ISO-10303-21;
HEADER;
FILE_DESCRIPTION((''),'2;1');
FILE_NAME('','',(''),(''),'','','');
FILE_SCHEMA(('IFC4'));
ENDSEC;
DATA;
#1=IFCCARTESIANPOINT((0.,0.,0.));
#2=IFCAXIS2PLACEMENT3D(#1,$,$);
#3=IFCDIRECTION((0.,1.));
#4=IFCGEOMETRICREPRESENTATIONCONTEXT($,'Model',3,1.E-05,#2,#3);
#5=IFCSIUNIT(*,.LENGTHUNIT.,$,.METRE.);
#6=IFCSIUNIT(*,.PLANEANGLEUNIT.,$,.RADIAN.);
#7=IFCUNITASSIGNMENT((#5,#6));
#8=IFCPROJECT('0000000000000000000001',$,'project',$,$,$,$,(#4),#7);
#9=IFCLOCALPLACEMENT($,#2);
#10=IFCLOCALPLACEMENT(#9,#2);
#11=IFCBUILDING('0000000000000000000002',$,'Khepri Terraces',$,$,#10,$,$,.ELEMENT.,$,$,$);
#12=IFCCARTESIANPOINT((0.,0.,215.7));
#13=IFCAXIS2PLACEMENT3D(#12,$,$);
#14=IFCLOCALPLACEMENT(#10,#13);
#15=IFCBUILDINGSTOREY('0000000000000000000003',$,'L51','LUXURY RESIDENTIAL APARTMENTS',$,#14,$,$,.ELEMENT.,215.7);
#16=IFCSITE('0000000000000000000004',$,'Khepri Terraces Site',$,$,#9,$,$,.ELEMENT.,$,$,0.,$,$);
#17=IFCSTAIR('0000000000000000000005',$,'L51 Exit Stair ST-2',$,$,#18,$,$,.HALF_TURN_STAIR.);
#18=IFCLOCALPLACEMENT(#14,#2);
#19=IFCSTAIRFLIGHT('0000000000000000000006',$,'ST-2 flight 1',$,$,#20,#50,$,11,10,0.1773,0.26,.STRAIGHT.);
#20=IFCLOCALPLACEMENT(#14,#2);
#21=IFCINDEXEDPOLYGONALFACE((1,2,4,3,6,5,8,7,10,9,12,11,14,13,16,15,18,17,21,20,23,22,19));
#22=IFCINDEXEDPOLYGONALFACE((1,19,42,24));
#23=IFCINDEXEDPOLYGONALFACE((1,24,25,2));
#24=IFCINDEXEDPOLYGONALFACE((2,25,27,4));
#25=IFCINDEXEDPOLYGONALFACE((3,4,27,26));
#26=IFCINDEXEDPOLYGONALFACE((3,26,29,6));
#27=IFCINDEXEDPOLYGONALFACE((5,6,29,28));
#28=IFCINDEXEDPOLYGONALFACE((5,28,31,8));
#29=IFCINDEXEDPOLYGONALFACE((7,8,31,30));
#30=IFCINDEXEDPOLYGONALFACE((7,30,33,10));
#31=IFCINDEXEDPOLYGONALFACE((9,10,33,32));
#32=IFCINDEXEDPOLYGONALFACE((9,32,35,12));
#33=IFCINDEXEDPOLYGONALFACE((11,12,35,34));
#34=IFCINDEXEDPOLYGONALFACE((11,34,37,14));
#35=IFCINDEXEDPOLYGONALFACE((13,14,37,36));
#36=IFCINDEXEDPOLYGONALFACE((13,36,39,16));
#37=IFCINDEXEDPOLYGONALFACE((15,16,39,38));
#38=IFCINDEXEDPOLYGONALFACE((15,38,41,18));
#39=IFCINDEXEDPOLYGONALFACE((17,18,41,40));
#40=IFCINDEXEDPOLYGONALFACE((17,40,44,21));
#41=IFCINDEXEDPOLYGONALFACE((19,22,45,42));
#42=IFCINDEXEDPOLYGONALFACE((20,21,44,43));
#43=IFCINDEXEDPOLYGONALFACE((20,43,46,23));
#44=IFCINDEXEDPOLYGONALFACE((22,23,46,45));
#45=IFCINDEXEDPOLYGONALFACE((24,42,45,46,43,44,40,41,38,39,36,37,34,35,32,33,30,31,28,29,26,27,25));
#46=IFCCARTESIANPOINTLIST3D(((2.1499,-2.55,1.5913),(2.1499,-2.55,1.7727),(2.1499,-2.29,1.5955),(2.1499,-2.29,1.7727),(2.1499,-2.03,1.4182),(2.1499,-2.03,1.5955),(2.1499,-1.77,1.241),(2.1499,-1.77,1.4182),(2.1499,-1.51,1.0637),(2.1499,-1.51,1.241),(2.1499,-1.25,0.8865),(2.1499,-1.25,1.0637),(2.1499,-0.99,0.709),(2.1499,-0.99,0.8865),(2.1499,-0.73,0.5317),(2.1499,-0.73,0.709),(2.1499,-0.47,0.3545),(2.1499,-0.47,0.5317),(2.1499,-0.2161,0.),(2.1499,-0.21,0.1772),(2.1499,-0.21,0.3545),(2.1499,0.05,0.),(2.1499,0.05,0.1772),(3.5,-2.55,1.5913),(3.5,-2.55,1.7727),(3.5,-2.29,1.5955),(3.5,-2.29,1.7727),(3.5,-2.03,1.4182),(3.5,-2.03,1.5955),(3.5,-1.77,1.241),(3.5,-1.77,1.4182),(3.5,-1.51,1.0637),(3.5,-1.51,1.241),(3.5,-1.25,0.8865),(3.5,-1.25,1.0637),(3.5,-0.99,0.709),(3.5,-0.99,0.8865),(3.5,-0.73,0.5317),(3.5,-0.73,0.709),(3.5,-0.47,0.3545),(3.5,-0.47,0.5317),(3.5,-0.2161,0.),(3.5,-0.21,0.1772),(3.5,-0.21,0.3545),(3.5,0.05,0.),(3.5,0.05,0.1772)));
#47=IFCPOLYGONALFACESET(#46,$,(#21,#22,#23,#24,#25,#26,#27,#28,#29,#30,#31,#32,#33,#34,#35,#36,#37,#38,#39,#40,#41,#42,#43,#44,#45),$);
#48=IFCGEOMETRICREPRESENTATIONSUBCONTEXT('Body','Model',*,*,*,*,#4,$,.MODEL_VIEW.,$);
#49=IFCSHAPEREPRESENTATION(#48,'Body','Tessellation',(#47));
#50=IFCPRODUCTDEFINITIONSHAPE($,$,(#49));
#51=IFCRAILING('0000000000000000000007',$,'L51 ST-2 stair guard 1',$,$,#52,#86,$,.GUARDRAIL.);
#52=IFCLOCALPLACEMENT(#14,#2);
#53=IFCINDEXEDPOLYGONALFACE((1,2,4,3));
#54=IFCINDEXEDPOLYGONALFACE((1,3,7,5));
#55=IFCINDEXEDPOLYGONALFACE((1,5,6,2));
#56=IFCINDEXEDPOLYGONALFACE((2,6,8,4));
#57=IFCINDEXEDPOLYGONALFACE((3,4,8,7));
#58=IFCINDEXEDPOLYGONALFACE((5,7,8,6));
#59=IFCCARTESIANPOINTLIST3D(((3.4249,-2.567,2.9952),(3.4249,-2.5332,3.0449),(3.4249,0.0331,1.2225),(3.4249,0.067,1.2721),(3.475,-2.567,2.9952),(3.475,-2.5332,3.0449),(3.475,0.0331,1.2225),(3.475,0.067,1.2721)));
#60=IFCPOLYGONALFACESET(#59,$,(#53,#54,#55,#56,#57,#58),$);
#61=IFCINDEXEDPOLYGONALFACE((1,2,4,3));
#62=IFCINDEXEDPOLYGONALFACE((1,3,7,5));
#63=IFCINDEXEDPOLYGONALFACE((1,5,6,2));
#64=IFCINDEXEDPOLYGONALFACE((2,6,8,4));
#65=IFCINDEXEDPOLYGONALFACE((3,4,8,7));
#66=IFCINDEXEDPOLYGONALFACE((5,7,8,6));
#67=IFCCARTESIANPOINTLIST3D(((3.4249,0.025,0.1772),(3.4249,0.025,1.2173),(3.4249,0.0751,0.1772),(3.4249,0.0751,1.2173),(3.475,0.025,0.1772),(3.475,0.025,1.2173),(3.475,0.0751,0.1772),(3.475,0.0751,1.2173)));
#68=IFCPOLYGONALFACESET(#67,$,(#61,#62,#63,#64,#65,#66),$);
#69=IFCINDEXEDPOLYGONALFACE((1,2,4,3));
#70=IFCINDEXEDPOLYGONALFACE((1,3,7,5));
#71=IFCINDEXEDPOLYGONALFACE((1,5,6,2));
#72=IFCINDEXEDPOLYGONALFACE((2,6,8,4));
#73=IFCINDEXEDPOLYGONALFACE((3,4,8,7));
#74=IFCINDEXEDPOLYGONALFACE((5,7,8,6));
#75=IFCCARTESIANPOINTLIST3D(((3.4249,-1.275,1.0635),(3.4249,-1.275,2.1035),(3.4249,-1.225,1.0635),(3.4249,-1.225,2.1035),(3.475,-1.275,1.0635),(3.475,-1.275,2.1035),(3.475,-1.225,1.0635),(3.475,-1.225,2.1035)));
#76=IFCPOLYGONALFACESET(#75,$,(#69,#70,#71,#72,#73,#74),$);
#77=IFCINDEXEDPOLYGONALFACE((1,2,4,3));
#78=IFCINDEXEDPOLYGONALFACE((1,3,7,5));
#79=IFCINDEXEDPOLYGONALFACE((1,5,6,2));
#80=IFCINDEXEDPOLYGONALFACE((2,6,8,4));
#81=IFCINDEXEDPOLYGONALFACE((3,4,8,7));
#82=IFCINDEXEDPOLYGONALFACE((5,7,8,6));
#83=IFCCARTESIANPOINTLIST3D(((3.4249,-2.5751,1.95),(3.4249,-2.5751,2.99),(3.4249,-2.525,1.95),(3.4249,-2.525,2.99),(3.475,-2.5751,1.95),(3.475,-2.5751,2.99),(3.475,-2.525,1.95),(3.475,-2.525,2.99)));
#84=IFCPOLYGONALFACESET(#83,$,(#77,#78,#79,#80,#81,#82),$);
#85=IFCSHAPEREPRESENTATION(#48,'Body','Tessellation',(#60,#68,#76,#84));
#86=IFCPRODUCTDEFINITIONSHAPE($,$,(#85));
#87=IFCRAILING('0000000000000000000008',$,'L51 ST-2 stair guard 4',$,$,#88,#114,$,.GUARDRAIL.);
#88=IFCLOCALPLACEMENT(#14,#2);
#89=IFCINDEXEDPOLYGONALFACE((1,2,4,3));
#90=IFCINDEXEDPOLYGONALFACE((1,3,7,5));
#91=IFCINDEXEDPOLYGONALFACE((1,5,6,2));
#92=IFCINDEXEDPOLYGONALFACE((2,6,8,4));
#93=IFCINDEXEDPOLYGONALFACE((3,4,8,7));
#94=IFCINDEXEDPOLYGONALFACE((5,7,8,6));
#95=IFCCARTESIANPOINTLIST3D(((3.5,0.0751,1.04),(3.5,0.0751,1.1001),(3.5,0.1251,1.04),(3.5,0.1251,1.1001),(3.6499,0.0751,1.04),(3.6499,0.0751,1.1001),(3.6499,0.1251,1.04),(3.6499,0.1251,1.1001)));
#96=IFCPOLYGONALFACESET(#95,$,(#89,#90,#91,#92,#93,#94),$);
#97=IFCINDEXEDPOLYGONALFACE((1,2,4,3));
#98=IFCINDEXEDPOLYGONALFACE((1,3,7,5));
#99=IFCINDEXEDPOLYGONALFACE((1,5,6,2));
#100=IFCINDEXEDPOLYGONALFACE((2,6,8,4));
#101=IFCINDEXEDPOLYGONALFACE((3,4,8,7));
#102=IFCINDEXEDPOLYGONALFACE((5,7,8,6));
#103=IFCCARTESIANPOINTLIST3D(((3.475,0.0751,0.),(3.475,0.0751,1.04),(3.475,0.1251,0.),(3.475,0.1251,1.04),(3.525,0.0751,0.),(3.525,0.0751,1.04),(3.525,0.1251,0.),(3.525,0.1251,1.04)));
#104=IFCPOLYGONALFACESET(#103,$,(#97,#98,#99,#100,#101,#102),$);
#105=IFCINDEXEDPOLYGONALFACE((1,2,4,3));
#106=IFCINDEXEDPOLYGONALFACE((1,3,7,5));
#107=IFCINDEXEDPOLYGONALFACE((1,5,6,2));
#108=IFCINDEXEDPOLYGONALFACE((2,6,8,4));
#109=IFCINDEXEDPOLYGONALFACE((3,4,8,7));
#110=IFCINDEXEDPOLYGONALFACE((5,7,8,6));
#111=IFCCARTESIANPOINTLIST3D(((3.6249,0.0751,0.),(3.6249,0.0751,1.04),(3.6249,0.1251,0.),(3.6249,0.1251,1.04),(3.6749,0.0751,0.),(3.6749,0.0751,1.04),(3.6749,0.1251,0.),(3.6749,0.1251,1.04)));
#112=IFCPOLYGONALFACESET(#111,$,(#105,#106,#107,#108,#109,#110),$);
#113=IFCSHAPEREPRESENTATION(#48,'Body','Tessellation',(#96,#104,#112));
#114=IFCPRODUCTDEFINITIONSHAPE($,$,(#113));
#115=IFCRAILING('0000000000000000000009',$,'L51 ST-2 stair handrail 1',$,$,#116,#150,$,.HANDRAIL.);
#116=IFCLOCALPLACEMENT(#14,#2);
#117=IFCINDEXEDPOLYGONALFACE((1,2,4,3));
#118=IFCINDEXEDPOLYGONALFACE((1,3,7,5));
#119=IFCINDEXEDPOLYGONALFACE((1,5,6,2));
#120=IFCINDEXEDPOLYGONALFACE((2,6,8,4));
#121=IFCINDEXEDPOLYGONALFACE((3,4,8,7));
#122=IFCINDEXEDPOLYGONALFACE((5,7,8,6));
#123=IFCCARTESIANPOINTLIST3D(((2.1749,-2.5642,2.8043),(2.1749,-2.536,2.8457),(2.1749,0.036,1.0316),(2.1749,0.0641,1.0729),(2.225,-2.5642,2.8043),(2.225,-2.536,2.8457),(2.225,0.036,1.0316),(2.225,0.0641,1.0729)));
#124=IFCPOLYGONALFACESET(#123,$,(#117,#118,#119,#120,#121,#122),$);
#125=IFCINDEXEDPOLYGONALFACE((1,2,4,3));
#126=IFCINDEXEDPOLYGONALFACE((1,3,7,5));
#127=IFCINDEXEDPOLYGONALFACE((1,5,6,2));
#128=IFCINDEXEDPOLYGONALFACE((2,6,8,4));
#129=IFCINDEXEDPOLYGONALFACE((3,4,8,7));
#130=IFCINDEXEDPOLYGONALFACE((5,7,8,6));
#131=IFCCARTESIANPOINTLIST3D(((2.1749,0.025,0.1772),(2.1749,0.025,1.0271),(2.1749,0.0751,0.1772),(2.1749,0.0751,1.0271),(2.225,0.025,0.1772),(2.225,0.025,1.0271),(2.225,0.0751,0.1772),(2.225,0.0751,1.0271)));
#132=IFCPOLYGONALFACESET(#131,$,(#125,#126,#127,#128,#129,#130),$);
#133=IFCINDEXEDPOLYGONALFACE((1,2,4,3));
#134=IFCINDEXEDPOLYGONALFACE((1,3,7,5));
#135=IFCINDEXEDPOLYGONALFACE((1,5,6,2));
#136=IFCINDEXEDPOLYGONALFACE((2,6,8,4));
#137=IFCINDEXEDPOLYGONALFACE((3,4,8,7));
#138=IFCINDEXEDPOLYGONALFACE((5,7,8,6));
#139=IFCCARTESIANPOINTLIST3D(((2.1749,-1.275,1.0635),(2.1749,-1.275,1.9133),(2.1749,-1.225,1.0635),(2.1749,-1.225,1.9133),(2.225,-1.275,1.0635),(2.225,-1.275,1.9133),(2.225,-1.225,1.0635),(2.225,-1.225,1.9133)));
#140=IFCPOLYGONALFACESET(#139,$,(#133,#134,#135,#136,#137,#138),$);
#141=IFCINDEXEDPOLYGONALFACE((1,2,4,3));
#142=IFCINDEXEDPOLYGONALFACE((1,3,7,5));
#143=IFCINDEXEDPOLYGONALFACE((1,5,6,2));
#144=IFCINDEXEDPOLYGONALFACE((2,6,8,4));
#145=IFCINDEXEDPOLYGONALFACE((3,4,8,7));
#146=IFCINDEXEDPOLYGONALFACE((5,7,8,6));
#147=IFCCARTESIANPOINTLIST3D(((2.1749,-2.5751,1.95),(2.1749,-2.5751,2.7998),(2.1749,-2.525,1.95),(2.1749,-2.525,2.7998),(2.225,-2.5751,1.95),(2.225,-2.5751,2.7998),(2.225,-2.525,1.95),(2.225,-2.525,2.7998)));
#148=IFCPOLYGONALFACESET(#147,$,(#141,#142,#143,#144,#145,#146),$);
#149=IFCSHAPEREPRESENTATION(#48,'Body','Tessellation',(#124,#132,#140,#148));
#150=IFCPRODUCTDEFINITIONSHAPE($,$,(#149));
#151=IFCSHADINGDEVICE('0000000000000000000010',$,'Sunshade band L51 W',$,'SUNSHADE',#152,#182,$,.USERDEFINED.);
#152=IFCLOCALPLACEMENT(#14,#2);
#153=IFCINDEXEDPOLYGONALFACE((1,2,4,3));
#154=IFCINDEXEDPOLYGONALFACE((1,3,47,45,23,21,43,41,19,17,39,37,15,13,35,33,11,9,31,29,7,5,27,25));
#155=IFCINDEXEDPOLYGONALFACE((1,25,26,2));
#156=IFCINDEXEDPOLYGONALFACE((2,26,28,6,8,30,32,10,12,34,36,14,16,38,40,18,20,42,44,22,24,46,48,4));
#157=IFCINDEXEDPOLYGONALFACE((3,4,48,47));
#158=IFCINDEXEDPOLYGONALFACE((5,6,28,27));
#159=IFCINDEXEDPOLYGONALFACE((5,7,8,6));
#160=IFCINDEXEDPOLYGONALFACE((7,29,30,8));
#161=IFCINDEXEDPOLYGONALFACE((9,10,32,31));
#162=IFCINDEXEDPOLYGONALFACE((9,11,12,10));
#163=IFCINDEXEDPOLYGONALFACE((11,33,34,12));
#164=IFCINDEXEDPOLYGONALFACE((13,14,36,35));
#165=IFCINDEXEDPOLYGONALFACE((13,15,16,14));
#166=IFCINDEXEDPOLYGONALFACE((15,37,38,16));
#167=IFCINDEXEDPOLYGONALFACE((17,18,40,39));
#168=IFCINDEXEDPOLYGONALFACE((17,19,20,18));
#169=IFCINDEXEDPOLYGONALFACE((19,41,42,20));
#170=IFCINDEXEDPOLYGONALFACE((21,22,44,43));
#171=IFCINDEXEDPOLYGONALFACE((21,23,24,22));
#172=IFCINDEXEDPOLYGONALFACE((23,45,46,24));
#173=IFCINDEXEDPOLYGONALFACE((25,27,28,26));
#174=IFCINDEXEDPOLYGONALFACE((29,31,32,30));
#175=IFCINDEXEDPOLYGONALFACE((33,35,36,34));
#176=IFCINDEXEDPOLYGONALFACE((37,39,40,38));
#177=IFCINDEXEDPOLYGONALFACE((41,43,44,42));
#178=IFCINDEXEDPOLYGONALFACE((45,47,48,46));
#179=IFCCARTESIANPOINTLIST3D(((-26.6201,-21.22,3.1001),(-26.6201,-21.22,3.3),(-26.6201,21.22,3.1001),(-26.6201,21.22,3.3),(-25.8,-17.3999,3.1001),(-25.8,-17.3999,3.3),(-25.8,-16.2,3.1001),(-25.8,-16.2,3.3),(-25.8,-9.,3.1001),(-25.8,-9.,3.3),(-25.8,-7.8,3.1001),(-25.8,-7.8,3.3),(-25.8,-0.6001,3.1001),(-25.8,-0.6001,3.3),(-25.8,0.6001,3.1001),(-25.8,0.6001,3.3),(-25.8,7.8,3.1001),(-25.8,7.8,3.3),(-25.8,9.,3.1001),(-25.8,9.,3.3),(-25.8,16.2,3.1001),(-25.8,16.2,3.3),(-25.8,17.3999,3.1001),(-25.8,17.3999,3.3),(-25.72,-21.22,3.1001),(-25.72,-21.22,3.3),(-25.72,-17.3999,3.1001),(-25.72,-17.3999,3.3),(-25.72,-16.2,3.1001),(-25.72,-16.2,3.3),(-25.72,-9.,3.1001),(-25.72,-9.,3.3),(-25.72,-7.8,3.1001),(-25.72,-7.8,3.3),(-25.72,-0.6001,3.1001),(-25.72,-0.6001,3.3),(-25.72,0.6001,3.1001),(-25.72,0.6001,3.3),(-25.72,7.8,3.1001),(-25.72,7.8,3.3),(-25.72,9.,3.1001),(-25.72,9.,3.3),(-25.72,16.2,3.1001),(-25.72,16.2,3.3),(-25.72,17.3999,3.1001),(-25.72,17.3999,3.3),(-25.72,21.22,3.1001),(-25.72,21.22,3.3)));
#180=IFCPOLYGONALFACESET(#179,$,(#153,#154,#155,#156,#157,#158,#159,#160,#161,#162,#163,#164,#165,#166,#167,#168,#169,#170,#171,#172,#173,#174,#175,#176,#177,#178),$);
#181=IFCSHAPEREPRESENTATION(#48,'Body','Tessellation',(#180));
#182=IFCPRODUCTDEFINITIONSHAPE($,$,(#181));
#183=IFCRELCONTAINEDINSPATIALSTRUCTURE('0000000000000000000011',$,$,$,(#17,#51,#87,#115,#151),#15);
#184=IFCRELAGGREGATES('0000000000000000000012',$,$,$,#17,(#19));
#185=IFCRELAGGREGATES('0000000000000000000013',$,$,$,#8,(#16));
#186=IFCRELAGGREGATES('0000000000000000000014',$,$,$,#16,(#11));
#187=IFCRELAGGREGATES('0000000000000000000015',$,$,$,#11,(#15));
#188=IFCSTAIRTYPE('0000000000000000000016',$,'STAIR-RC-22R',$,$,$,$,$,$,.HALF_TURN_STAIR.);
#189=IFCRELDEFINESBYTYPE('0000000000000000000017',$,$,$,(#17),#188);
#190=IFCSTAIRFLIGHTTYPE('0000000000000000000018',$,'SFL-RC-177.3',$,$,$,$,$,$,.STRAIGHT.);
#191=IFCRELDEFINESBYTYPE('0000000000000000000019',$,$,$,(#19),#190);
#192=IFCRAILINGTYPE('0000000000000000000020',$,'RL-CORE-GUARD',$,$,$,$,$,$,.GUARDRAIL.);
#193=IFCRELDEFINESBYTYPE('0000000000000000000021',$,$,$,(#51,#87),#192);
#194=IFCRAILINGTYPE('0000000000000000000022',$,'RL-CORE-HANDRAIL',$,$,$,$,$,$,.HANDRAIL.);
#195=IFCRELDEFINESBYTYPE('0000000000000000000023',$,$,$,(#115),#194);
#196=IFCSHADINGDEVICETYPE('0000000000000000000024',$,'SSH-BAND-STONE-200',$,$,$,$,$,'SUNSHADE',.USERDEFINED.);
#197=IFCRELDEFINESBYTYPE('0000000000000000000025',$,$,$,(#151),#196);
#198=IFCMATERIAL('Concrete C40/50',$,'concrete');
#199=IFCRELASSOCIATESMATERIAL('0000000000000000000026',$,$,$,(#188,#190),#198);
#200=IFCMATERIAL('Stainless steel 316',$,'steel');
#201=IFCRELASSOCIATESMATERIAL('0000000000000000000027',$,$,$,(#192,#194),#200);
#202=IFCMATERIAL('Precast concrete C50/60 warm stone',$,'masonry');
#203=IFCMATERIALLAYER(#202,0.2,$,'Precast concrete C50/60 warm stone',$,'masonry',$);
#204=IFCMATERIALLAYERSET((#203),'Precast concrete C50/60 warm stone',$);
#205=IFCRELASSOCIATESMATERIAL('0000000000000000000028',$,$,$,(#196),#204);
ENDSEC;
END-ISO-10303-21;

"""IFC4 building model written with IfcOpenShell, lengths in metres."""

from ifc_helpers import new_model, si_unit, direction, frame, origin, origin_2d, place, context, subcontext, project, spatial, polyline, rectangle, outline, extrude, material, layer, layer_set, type_object, element, aggregate, save


model = new_model("IFC4")

# Units and contexts
model_context = context("Model", 3, precision=1e-05, world=origin(), true_north=direction((0.0, 1.0)))
body_context = subcontext(model_context, "Body", "Model", "MODEL_VIEW")
ifc_project = project(units=[si_unit("LENGTHUNIT", "METRE"), si_unit("PLANEANGLEUNIT", "RADIAN")], contexts=[model_context])

# Site, building, storey
site_placement = place(None, origin())
site = spatial("IfcSite", under=ifc_project, at=site_placement, Name="Khepri Terraces Site", CompositionType="ELEMENT", RefElevation=0.0)
building_placement = place(site_placement, origin())
building = spatial("IfcBuilding", under=site, at=building_placement, Name="Khepri Terraces", CompositionType="ELEMENT")
storey_placement = place(building_placement, frame((0.0, 0.0, 215.7)))
storey = spatial("IfcBuildingStorey", under=building, at=storey_placement, Name="L51", Description="LUXURY RESIDENTIAL APARTMENTS", CompositionType="ELEMENT", Elevation=215.7)

# Stair
ifc_material_1 = material(Name="Concrete C40/50", Category="concrete")
stair_type = type_object("IfcStairType", Name="STAIR-RC-22R", PredefinedType="HALF_TURN_STAIR", material=ifc_material_1)
stair_1_placement = place(storey_placement, origin())
stair_1 = element("IfcStair", 1, at=stair_1_placement, inside=storey, type_object=stair_type, Name="L51 Exit Stair ST-2", PredefinedType="HALF_TURN_STAIR")

# Stair flight
stair_flight_type = type_object("IfcStairFlightType", Name="SFL-RC-177.3", PredefinedType="STRAIGHT", material=ifc_material_1)
stair_flight_placement = place(storey_placement, frame((2.825, 0.05, 0.0), z_axis=(0.0, 0.0, 1.0), x_axis=(0.0, -1.0, 0.0)))
stair_flight = element("IfcStairFlight", 2, at=stair_flight_placement, type_object=stair_flight_type, Name="ST-2 flight 1", NumberOfRisers=11, NumberOfTreads=10, PredefinedType="STRAIGHT", RiserHeight=0.1773, TreadLength=0.26, context=body_context, shape_type="SweptSolid", body=[
    extrude(outline(polyline([(0.0, 0.0), (0.0, 0.1772), (0.26, 0.1772), (0.26, 0.3545), (0.52, 0.3545), (0.52, 0.5317), (0.78, 0.5317), (0.78, 0.709), (1.04, 0.709), (1.04, 0.8865), (1.3, 0.8865), (1.3, 1.0637), (1.5601, 1.0637), (1.5601, 1.241), (1.8201, 1.241), (1.8201, 1.4182), (2.0801, 1.4182), (2.0801, 1.5955), (2.3401, 1.5955), (2.3401, 1.7727), (2.6001, 1.7727), (2.6001, 1.95), (2.6001, 1.5913), (0.2661, 0.0), (0.0, 0.0)])), frame((0.0, 0.675, 0.0), z_axis=(0.0, -1.0, 0.0), x_axis=(1.0, 0.0, 0.0)), (0.0, 0.0, 1.0), 1.3501),
])
aggregate(stair_1, [stair_flight])

# Railings
ifc_material_2 = material(Name="Stainless steel 316", Category="steel")
railing_type_1 = type_object("IfcRailingType", Name="RL-CORE-GUARD", PredefinedType="GUARDRAIL", material=ifc_material_2)
railing_1_placement = place(storey_placement, frame((3.45, 0.05, 0.1772)))
element("IfcRailing", 3, at=railing_1_placement, inside=storey, type_object=railing_type_1, Name="L51 ST-2 stair guard 1", PredefinedType="GUARDRAIL", context=body_context, shape_type="SweptSolid", body=[
    extrude(rectangle(XDim=0.05, YDim=0.0601, at=origin_2d()), frame((0.0, 0.0, 1.0701), z_axis=(0.0, -0.82624, 0.563318), x_axis=(1.0, 0.0, 0.0)), (0.0, 0.0, 1.0), 3.147),
    extrude(rectangle(XDim=0.05, YDim=0.05, at=origin_2d()), origin(), (0.0, 0.0, 1.0), 1.04),
    extrude(rectangle(XDim=0.05, YDim=0.05, at=origin_2d()), frame((0.0, -1.3, 0.8862)), (0.0, 0.0, 1.0), 1.04),
    extrude(rectangle(XDim=0.05, YDim=0.05, at=origin_2d()), frame((0.0, -2.6001, 1.7727)), (0.0, 0.0, 1.0), 1.04),
])
railing_2_placement = place(storey_placement, frame((3.5, 0.1001, 0.0)))
element("IfcRailing", 4, at=railing_2_placement, inside=storey, type_object=railing_type_1, Name="L51 ST-2 stair guard 4", PredefinedType="GUARDRAIL", context=body_context, shape_type="SweptSolid", body=[
    extrude(rectangle(XDim=0.05, YDim=0.0601, at=origin_2d()), frame((0.0, 0.0, 1.0701), z_axis=(1.0, 0.0, 0.0), x_axis=(0.0, 1.0, 0.0)), (0.0, 0.0, 1.0), 0.1499),
    extrude(rectangle(XDim=0.05, YDim=0.05, at=origin_2d()), origin(), (0.0, 0.0, 1.0), 1.04),
    extrude(rectangle(XDim=0.05, YDim=0.05, at=origin_2d()), frame((0.1499, 0.0, 0.0)), (0.0, 0.0, 1.0), 1.04),
])
railing_type_2 = type_object("IfcRailingType", Name="RL-CORE-HANDRAIL", PredefinedType="HANDRAIL", material=ifc_material_2)
railing_3_placement = place(storey_placement, frame((2.2, 0.05, 0.1772)))
element("IfcRailing", 5, at=railing_3_placement, inside=storey, type_object=railing_type_2, Name="L51 ST-2 stair handrail 1", PredefinedType="HANDRAIL", context=body_context, shape_type="SweptSolid", body=[
    extrude(rectangle(XDim=0.05, YDim=0.05, at=origin_2d()), frame((0.0, 0.0, 0.875), z_axis=(0.0, -0.82624, 0.563318), x_axis=(1.0, 0.0, 0.0)), (0.0, 0.0, 1.0), 3.147),
    extrude(rectangle(XDim=0.05, YDim=0.05, at=origin_2d()), origin(), (0.0, 0.0, 1.0), 0.8499),
    extrude(rectangle(XDim=0.05, YDim=0.05, at=origin_2d()), frame((0.0, -1.3, 0.8862)), (0.0, 0.0, 1.0), 0.8499),
    extrude(rectangle(XDim=0.05, YDim=0.05, at=origin_2d()), frame((0.0, -2.6001, 1.7727)), (0.0, 0.0, 1.0), 0.8499),
])

# Shading device
ifc_material_3 = material(Name="Precast concrete C50/60 warm stone", Category="masonry")
ifc_layer_1 = layer(ifc_material_3, 0.2, Name="Precast concrete C50/60 warm stone", Category="masonry")
ifc_layer_set_1 = layer_set([ifc_layer_1], Name="Precast concrete C50/60 warm stone")
shading_device_type_1 = type_object("IfcShadingDeviceType", Name="SSH-BAND-STONE-200", ElementType="SUNSHADE", PredefinedType="USERDEFINED", material=ifc_layer_set_1)
shading_device_1_placement = place(storey_placement, frame((0.0, 0.0, 3.1001)))
element("IfcShadingDevice", 6, at=shading_device_1_placement, inside=storey, type_object=shading_device_type_1, Name="Sunshade band L51 W", ObjectType="SUNSHADE", PredefinedType="USERDEFINED", context=body_context, shape_type="SweptSolid", body=[
    extrude(outline(polyline([(-25.72, 17.3999), (-25.72, 21.22), (-26.6201, 21.22), (-26.6201, -21.22), (-25.72, -21.22), (-25.72, -17.3999), (-25.8, -17.3999), (-25.8, -16.2), (-25.72, -16.2), (-25.72, -9.0), (-25.8, -9.0), (-25.8, -7.8), (-25.72, -7.8), (-25.72, -0.6001), (-25.8, -0.6001), (-25.8, 0.6001), (-25.72, 0.6001), (-25.72, 7.8), (-25.8, 7.8), (-25.8, 9.0), (-25.72, 9.0), (-25.72, 16.2), (-25.8, 16.2), (-25.8, 17.3999), (-25.72, 17.3999)])), origin(), (0.0, 0.0, 1.0), 0.2),
])

save(model, "model.ifc")
